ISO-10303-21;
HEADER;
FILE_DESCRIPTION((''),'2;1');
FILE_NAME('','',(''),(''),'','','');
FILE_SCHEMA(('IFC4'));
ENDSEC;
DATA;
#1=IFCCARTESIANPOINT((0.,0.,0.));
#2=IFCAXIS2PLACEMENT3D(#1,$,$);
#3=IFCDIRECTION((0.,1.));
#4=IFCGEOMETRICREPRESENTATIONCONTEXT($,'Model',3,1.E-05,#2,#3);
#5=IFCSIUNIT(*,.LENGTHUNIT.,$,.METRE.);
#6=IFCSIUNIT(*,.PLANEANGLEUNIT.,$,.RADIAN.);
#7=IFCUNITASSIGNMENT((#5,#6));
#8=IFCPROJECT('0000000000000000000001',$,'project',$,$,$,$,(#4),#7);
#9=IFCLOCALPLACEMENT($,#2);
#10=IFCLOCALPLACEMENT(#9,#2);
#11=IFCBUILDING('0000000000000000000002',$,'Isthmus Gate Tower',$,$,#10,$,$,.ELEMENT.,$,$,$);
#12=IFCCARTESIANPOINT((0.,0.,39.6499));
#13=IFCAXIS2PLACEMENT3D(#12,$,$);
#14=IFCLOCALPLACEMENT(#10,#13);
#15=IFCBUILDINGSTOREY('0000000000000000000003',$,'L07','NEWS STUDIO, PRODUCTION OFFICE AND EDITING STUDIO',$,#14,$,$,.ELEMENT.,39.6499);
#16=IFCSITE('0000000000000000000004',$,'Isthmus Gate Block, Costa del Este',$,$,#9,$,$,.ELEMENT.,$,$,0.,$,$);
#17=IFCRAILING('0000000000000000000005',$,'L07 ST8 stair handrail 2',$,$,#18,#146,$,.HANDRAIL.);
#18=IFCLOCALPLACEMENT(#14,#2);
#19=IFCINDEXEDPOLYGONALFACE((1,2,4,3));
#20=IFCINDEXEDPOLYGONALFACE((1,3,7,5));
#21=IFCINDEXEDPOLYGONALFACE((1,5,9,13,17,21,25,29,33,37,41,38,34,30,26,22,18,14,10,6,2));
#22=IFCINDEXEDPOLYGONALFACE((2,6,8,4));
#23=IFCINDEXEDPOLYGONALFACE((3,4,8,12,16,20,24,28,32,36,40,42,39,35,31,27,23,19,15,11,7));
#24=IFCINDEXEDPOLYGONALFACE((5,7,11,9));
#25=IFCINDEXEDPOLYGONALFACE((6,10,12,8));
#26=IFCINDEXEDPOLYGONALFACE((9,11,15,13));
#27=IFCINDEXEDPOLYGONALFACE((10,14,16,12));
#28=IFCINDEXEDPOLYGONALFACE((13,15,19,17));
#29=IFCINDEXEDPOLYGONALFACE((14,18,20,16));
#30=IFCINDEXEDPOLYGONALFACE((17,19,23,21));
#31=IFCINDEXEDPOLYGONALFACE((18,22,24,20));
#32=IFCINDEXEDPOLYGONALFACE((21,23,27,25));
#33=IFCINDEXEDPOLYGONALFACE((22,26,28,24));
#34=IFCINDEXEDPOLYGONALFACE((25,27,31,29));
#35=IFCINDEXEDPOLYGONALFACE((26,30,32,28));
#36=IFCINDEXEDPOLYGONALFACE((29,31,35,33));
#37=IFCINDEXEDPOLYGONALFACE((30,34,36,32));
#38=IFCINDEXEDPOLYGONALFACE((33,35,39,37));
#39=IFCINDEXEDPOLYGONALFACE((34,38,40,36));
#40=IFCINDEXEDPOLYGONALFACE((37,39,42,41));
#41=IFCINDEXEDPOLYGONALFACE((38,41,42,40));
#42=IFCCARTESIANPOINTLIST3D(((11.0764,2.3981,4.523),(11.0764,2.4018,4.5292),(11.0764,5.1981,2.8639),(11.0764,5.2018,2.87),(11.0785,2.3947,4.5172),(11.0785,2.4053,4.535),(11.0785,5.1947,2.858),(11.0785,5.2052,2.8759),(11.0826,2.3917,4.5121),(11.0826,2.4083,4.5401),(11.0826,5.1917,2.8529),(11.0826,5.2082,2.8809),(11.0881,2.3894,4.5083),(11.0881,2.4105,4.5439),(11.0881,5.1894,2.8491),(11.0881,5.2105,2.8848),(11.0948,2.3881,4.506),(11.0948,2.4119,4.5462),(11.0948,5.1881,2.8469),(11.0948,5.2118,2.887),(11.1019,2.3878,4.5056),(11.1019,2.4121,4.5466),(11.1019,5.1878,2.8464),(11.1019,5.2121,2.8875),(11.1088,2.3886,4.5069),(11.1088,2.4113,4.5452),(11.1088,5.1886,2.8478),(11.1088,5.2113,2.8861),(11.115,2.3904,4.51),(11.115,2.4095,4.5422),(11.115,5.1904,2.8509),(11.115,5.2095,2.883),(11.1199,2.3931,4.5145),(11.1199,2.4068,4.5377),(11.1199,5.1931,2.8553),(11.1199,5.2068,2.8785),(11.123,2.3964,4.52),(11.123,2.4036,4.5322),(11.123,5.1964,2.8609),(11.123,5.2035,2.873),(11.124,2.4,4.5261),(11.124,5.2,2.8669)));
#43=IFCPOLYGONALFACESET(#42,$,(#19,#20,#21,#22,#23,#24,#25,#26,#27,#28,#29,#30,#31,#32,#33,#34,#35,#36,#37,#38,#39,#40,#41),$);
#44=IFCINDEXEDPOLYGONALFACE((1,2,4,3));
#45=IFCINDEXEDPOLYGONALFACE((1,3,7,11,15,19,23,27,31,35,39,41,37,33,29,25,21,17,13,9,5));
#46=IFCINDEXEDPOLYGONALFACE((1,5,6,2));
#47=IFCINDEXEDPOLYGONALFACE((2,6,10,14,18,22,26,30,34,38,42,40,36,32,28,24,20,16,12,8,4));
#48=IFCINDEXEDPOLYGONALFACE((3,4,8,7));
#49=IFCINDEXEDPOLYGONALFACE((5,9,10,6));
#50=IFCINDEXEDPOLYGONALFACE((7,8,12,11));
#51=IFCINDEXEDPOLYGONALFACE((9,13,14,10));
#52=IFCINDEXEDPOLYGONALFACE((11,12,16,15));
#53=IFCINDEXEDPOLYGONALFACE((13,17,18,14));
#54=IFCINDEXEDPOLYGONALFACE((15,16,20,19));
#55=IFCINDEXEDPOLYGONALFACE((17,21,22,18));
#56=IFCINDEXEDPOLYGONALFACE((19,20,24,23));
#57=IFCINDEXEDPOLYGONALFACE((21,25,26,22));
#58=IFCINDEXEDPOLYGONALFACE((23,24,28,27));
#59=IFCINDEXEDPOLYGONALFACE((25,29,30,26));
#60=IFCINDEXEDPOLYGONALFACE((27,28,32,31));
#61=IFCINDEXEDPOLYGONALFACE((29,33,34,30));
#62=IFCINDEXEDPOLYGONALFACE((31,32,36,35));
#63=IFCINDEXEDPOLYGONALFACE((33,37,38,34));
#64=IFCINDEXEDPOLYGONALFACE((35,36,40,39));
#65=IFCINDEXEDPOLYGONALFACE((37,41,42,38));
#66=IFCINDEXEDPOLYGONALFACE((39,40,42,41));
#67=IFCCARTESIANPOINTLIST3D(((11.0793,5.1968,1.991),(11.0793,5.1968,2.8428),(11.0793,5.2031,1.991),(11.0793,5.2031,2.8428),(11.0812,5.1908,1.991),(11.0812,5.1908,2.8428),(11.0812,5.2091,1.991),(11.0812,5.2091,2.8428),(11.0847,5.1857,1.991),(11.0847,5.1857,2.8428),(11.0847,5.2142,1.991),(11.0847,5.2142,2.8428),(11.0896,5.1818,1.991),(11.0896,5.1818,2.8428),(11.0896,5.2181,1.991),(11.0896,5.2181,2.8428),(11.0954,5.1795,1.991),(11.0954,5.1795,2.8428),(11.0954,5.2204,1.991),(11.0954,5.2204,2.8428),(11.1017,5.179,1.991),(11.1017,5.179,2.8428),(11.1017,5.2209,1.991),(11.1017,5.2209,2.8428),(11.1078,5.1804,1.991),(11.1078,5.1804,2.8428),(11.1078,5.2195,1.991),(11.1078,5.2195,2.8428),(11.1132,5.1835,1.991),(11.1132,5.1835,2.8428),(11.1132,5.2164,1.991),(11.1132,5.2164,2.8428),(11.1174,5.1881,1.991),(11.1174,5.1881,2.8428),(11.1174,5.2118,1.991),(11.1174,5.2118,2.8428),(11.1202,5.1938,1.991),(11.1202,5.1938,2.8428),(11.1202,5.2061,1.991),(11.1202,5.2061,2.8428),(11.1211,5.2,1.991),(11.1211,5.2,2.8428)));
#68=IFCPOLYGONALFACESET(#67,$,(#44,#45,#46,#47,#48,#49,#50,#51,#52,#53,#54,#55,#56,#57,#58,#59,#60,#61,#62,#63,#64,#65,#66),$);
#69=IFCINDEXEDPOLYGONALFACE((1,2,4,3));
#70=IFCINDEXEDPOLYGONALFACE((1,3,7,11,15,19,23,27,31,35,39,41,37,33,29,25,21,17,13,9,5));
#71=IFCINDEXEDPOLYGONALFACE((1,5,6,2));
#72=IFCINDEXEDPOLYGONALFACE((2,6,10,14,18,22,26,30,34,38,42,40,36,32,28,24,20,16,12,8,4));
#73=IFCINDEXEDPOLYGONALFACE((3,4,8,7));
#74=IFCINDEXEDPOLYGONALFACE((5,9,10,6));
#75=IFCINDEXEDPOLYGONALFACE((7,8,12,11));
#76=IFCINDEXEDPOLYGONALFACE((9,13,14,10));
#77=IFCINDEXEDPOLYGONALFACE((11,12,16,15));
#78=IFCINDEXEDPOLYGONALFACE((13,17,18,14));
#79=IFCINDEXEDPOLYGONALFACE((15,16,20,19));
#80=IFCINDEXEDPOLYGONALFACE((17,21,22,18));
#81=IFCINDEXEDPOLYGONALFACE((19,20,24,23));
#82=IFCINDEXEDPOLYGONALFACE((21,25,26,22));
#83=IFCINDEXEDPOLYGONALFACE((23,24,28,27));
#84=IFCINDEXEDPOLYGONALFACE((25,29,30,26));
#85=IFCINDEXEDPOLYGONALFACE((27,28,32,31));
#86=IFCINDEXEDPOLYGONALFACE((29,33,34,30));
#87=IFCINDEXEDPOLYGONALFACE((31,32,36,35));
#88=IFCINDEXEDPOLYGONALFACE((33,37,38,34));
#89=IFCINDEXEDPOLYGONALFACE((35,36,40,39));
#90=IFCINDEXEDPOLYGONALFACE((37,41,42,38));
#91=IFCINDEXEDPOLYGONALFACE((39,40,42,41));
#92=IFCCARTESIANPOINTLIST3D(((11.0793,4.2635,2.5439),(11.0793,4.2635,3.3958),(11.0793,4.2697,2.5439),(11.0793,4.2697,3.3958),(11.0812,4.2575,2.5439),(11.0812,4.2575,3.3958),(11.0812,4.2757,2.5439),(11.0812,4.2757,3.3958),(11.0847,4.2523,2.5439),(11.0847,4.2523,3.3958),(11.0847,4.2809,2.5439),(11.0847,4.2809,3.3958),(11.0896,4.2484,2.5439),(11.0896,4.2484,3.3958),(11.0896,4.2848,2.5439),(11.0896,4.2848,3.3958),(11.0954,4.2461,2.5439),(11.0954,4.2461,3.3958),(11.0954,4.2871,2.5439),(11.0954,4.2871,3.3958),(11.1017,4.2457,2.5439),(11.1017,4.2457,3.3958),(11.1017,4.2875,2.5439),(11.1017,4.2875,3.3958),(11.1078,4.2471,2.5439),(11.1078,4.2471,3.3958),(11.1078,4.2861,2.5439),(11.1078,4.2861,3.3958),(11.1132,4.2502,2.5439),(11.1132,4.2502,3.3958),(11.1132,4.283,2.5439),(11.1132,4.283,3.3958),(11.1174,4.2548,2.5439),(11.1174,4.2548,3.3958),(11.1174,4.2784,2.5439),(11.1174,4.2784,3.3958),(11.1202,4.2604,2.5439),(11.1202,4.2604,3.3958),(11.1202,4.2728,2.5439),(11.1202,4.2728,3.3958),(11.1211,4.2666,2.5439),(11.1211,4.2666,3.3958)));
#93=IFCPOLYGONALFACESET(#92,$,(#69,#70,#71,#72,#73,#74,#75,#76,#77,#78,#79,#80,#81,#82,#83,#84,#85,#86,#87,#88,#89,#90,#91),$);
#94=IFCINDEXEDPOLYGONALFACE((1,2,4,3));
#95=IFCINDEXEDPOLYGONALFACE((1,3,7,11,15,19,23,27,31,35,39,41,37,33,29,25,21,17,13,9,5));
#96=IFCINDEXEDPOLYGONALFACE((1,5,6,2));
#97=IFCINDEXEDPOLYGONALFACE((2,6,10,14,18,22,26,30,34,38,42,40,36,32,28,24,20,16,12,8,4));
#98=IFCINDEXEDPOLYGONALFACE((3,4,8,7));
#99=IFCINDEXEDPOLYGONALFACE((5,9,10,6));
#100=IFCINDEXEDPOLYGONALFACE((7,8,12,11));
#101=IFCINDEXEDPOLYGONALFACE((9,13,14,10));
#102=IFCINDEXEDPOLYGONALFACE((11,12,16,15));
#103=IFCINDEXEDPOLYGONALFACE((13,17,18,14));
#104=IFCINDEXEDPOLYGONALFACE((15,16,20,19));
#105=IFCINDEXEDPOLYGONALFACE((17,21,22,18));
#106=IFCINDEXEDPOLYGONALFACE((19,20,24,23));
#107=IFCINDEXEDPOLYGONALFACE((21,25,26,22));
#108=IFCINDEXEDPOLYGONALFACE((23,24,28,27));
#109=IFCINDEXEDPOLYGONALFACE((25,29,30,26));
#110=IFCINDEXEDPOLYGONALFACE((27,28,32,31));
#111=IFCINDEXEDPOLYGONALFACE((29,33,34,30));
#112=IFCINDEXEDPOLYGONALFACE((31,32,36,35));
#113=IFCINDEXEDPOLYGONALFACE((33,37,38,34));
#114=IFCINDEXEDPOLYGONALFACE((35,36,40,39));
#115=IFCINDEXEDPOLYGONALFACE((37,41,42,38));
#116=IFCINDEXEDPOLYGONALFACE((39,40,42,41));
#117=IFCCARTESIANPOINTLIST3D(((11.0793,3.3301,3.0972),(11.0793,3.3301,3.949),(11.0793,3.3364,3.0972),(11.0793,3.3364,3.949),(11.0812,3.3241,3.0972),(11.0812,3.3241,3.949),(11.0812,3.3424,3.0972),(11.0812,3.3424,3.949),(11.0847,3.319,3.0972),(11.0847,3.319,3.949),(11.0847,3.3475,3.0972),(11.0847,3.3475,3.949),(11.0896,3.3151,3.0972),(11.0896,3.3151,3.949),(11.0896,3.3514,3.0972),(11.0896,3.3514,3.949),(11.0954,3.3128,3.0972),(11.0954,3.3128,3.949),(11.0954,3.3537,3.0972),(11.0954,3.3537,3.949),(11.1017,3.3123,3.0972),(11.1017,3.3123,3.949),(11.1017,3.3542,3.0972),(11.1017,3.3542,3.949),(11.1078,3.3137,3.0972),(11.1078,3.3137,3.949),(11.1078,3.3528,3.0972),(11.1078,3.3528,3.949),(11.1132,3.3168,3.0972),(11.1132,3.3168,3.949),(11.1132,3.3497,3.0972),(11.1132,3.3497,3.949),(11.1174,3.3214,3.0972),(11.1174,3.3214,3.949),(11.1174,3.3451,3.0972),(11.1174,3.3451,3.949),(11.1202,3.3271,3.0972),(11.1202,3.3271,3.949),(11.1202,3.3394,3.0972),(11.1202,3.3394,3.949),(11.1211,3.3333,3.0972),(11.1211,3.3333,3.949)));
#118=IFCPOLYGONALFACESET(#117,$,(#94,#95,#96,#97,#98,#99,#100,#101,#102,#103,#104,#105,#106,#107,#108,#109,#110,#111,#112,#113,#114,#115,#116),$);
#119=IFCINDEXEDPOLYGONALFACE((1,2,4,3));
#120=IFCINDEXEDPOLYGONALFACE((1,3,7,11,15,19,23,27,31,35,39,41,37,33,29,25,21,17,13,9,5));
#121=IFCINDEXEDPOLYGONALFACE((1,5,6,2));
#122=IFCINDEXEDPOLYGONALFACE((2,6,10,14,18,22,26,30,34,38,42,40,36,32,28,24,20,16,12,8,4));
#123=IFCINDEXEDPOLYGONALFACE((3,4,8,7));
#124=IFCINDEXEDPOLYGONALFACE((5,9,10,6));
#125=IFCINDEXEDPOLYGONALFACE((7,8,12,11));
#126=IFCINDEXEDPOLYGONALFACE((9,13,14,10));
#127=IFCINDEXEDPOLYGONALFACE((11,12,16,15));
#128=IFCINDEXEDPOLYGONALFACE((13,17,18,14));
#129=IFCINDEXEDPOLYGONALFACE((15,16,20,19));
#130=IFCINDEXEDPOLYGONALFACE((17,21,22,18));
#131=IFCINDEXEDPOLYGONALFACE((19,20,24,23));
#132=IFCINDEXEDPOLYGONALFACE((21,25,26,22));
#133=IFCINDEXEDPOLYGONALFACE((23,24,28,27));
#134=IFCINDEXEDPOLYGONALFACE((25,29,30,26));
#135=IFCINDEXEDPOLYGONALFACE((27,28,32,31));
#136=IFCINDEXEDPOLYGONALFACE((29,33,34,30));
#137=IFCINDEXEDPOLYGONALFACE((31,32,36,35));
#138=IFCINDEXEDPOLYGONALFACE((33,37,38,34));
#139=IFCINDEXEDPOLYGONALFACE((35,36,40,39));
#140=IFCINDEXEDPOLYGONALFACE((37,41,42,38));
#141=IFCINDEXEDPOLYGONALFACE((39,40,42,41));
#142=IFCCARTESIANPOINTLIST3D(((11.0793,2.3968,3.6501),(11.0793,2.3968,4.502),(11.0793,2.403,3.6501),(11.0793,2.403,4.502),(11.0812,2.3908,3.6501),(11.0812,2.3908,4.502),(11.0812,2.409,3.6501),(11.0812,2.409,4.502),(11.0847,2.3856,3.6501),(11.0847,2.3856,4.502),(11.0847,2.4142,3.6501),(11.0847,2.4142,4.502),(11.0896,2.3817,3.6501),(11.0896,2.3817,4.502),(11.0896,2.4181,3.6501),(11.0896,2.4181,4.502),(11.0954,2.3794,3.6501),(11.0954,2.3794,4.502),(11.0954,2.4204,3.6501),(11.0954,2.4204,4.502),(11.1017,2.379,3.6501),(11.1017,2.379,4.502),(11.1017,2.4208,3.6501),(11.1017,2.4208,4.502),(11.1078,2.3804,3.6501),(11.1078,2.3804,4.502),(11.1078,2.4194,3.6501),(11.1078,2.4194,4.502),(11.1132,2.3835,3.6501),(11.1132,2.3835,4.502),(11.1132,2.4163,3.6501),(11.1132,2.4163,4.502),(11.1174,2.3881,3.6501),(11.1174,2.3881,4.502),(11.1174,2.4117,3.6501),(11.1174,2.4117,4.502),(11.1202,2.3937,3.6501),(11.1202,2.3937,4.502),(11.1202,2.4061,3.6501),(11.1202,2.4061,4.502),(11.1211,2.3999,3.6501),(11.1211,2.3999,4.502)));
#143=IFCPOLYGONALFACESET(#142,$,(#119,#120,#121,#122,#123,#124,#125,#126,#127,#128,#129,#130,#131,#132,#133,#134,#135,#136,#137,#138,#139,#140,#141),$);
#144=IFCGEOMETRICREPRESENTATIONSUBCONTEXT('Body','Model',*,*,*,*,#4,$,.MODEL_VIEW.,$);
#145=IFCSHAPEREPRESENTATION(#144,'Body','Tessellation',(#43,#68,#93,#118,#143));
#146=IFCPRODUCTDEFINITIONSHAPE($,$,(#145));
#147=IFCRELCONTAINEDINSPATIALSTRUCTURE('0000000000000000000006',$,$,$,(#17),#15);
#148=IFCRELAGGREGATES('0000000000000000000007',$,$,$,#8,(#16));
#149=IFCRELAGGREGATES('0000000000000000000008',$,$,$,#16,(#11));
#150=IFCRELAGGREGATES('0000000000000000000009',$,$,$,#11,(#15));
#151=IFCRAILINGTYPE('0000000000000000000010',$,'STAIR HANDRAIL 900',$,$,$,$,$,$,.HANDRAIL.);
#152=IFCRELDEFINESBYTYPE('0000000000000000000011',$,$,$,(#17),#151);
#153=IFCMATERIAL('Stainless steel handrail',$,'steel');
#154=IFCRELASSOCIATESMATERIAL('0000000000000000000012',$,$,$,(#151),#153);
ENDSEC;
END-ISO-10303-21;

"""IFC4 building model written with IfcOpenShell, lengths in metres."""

from ifc_helpers import new_model, si_unit, direction, frame, origin, origin_2d, place, context, subcontext, project, spatial, circle, extrude, material, type_object, element, save


model = new_model("IFC4")

# Units and contexts
model_context = context("Model", 3, precision=1e-05, world=origin(), true_north=direction((0.0, 1.0)))
body_context = subcontext(model_context, "Body", "Model", "MODEL_VIEW")
ifc_project = project(units=[si_unit("LENGTHUNIT", "METRE"), si_unit("PLANEANGLEUNIT", "RADIAN")], contexts=[model_context])

# Site, building, storey
site_placement = place(None, origin())
site = spatial("IfcSite", under=ifc_project, at=site_placement, Name="Isthmus Gate Block, Costa del Este", CompositionType="ELEMENT", RefElevation=0.0)
building_placement = place(site_placement, origin())
building = spatial("IfcBuilding", under=site, at=building_placement, Name="Isthmus Gate Tower", CompositionType="ELEMENT")
storey_placement = place(building_placement, frame((0.0, 0.0, 39.6499)))
storey = spatial("IfcBuildingStorey", under=building, at=storey_placement, Name="L07", Description="NEWS STUDIO, PRODUCTION OFFICE AND EDITING STUDIO", CompositionType="ELEMENT", Elevation=39.6499)

# Railing
ifc_material_1 = material(Name="Stainless steel handrail", Category="steel")
railing_type_1 = type_object("IfcRailingType", Name="STAIR HANDRAIL 900", PredefinedType="HANDRAIL", material=ifc_material_1)
railing_1_placement = place(storey_placement, frame((11.1001, 5.2, 1.991)))
element("IfcRailing", 1, at=railing_1_placement, inside=storey, type_object=railing_type_1, Name="L07 ST8 stair handrail 2", PredefinedType="HANDRAIL", context=body_context, shape_type="SweptSolid", body=[
    extrude(circle(Radius=0.0239, at=origin_2d()), frame((0.0, 0.0, 0.876), z_axis=(0.0, -0.860306, 0.509778), x_axis=(1.0, 0.0, 0.0)), (0.0, 0.0, 1.0), 3.2546),
    extrude(circle(Radius=0.021, at=origin_2d()), origin(), (0.0, 0.0, 1.0), 0.8518),
    extrude(circle(Radius=0.021, at=origin_2d()), frame((0.0, -0.9333, 0.553)), (0.0, 0.0, 1.0), 0.8518),
    extrude(circle(Radius=0.021, at=origin_2d()), frame((0.0, -1.8667, 1.1062)), (0.0, 0.0, 1.0), 0.8518),
    extrude(circle(Radius=0.021, at=origin_2d()), frame((0.0, -2.8, 1.6592)), (0.0, 0.0, 1.0), 0.8518),
])

save(model, "model.ifc")
